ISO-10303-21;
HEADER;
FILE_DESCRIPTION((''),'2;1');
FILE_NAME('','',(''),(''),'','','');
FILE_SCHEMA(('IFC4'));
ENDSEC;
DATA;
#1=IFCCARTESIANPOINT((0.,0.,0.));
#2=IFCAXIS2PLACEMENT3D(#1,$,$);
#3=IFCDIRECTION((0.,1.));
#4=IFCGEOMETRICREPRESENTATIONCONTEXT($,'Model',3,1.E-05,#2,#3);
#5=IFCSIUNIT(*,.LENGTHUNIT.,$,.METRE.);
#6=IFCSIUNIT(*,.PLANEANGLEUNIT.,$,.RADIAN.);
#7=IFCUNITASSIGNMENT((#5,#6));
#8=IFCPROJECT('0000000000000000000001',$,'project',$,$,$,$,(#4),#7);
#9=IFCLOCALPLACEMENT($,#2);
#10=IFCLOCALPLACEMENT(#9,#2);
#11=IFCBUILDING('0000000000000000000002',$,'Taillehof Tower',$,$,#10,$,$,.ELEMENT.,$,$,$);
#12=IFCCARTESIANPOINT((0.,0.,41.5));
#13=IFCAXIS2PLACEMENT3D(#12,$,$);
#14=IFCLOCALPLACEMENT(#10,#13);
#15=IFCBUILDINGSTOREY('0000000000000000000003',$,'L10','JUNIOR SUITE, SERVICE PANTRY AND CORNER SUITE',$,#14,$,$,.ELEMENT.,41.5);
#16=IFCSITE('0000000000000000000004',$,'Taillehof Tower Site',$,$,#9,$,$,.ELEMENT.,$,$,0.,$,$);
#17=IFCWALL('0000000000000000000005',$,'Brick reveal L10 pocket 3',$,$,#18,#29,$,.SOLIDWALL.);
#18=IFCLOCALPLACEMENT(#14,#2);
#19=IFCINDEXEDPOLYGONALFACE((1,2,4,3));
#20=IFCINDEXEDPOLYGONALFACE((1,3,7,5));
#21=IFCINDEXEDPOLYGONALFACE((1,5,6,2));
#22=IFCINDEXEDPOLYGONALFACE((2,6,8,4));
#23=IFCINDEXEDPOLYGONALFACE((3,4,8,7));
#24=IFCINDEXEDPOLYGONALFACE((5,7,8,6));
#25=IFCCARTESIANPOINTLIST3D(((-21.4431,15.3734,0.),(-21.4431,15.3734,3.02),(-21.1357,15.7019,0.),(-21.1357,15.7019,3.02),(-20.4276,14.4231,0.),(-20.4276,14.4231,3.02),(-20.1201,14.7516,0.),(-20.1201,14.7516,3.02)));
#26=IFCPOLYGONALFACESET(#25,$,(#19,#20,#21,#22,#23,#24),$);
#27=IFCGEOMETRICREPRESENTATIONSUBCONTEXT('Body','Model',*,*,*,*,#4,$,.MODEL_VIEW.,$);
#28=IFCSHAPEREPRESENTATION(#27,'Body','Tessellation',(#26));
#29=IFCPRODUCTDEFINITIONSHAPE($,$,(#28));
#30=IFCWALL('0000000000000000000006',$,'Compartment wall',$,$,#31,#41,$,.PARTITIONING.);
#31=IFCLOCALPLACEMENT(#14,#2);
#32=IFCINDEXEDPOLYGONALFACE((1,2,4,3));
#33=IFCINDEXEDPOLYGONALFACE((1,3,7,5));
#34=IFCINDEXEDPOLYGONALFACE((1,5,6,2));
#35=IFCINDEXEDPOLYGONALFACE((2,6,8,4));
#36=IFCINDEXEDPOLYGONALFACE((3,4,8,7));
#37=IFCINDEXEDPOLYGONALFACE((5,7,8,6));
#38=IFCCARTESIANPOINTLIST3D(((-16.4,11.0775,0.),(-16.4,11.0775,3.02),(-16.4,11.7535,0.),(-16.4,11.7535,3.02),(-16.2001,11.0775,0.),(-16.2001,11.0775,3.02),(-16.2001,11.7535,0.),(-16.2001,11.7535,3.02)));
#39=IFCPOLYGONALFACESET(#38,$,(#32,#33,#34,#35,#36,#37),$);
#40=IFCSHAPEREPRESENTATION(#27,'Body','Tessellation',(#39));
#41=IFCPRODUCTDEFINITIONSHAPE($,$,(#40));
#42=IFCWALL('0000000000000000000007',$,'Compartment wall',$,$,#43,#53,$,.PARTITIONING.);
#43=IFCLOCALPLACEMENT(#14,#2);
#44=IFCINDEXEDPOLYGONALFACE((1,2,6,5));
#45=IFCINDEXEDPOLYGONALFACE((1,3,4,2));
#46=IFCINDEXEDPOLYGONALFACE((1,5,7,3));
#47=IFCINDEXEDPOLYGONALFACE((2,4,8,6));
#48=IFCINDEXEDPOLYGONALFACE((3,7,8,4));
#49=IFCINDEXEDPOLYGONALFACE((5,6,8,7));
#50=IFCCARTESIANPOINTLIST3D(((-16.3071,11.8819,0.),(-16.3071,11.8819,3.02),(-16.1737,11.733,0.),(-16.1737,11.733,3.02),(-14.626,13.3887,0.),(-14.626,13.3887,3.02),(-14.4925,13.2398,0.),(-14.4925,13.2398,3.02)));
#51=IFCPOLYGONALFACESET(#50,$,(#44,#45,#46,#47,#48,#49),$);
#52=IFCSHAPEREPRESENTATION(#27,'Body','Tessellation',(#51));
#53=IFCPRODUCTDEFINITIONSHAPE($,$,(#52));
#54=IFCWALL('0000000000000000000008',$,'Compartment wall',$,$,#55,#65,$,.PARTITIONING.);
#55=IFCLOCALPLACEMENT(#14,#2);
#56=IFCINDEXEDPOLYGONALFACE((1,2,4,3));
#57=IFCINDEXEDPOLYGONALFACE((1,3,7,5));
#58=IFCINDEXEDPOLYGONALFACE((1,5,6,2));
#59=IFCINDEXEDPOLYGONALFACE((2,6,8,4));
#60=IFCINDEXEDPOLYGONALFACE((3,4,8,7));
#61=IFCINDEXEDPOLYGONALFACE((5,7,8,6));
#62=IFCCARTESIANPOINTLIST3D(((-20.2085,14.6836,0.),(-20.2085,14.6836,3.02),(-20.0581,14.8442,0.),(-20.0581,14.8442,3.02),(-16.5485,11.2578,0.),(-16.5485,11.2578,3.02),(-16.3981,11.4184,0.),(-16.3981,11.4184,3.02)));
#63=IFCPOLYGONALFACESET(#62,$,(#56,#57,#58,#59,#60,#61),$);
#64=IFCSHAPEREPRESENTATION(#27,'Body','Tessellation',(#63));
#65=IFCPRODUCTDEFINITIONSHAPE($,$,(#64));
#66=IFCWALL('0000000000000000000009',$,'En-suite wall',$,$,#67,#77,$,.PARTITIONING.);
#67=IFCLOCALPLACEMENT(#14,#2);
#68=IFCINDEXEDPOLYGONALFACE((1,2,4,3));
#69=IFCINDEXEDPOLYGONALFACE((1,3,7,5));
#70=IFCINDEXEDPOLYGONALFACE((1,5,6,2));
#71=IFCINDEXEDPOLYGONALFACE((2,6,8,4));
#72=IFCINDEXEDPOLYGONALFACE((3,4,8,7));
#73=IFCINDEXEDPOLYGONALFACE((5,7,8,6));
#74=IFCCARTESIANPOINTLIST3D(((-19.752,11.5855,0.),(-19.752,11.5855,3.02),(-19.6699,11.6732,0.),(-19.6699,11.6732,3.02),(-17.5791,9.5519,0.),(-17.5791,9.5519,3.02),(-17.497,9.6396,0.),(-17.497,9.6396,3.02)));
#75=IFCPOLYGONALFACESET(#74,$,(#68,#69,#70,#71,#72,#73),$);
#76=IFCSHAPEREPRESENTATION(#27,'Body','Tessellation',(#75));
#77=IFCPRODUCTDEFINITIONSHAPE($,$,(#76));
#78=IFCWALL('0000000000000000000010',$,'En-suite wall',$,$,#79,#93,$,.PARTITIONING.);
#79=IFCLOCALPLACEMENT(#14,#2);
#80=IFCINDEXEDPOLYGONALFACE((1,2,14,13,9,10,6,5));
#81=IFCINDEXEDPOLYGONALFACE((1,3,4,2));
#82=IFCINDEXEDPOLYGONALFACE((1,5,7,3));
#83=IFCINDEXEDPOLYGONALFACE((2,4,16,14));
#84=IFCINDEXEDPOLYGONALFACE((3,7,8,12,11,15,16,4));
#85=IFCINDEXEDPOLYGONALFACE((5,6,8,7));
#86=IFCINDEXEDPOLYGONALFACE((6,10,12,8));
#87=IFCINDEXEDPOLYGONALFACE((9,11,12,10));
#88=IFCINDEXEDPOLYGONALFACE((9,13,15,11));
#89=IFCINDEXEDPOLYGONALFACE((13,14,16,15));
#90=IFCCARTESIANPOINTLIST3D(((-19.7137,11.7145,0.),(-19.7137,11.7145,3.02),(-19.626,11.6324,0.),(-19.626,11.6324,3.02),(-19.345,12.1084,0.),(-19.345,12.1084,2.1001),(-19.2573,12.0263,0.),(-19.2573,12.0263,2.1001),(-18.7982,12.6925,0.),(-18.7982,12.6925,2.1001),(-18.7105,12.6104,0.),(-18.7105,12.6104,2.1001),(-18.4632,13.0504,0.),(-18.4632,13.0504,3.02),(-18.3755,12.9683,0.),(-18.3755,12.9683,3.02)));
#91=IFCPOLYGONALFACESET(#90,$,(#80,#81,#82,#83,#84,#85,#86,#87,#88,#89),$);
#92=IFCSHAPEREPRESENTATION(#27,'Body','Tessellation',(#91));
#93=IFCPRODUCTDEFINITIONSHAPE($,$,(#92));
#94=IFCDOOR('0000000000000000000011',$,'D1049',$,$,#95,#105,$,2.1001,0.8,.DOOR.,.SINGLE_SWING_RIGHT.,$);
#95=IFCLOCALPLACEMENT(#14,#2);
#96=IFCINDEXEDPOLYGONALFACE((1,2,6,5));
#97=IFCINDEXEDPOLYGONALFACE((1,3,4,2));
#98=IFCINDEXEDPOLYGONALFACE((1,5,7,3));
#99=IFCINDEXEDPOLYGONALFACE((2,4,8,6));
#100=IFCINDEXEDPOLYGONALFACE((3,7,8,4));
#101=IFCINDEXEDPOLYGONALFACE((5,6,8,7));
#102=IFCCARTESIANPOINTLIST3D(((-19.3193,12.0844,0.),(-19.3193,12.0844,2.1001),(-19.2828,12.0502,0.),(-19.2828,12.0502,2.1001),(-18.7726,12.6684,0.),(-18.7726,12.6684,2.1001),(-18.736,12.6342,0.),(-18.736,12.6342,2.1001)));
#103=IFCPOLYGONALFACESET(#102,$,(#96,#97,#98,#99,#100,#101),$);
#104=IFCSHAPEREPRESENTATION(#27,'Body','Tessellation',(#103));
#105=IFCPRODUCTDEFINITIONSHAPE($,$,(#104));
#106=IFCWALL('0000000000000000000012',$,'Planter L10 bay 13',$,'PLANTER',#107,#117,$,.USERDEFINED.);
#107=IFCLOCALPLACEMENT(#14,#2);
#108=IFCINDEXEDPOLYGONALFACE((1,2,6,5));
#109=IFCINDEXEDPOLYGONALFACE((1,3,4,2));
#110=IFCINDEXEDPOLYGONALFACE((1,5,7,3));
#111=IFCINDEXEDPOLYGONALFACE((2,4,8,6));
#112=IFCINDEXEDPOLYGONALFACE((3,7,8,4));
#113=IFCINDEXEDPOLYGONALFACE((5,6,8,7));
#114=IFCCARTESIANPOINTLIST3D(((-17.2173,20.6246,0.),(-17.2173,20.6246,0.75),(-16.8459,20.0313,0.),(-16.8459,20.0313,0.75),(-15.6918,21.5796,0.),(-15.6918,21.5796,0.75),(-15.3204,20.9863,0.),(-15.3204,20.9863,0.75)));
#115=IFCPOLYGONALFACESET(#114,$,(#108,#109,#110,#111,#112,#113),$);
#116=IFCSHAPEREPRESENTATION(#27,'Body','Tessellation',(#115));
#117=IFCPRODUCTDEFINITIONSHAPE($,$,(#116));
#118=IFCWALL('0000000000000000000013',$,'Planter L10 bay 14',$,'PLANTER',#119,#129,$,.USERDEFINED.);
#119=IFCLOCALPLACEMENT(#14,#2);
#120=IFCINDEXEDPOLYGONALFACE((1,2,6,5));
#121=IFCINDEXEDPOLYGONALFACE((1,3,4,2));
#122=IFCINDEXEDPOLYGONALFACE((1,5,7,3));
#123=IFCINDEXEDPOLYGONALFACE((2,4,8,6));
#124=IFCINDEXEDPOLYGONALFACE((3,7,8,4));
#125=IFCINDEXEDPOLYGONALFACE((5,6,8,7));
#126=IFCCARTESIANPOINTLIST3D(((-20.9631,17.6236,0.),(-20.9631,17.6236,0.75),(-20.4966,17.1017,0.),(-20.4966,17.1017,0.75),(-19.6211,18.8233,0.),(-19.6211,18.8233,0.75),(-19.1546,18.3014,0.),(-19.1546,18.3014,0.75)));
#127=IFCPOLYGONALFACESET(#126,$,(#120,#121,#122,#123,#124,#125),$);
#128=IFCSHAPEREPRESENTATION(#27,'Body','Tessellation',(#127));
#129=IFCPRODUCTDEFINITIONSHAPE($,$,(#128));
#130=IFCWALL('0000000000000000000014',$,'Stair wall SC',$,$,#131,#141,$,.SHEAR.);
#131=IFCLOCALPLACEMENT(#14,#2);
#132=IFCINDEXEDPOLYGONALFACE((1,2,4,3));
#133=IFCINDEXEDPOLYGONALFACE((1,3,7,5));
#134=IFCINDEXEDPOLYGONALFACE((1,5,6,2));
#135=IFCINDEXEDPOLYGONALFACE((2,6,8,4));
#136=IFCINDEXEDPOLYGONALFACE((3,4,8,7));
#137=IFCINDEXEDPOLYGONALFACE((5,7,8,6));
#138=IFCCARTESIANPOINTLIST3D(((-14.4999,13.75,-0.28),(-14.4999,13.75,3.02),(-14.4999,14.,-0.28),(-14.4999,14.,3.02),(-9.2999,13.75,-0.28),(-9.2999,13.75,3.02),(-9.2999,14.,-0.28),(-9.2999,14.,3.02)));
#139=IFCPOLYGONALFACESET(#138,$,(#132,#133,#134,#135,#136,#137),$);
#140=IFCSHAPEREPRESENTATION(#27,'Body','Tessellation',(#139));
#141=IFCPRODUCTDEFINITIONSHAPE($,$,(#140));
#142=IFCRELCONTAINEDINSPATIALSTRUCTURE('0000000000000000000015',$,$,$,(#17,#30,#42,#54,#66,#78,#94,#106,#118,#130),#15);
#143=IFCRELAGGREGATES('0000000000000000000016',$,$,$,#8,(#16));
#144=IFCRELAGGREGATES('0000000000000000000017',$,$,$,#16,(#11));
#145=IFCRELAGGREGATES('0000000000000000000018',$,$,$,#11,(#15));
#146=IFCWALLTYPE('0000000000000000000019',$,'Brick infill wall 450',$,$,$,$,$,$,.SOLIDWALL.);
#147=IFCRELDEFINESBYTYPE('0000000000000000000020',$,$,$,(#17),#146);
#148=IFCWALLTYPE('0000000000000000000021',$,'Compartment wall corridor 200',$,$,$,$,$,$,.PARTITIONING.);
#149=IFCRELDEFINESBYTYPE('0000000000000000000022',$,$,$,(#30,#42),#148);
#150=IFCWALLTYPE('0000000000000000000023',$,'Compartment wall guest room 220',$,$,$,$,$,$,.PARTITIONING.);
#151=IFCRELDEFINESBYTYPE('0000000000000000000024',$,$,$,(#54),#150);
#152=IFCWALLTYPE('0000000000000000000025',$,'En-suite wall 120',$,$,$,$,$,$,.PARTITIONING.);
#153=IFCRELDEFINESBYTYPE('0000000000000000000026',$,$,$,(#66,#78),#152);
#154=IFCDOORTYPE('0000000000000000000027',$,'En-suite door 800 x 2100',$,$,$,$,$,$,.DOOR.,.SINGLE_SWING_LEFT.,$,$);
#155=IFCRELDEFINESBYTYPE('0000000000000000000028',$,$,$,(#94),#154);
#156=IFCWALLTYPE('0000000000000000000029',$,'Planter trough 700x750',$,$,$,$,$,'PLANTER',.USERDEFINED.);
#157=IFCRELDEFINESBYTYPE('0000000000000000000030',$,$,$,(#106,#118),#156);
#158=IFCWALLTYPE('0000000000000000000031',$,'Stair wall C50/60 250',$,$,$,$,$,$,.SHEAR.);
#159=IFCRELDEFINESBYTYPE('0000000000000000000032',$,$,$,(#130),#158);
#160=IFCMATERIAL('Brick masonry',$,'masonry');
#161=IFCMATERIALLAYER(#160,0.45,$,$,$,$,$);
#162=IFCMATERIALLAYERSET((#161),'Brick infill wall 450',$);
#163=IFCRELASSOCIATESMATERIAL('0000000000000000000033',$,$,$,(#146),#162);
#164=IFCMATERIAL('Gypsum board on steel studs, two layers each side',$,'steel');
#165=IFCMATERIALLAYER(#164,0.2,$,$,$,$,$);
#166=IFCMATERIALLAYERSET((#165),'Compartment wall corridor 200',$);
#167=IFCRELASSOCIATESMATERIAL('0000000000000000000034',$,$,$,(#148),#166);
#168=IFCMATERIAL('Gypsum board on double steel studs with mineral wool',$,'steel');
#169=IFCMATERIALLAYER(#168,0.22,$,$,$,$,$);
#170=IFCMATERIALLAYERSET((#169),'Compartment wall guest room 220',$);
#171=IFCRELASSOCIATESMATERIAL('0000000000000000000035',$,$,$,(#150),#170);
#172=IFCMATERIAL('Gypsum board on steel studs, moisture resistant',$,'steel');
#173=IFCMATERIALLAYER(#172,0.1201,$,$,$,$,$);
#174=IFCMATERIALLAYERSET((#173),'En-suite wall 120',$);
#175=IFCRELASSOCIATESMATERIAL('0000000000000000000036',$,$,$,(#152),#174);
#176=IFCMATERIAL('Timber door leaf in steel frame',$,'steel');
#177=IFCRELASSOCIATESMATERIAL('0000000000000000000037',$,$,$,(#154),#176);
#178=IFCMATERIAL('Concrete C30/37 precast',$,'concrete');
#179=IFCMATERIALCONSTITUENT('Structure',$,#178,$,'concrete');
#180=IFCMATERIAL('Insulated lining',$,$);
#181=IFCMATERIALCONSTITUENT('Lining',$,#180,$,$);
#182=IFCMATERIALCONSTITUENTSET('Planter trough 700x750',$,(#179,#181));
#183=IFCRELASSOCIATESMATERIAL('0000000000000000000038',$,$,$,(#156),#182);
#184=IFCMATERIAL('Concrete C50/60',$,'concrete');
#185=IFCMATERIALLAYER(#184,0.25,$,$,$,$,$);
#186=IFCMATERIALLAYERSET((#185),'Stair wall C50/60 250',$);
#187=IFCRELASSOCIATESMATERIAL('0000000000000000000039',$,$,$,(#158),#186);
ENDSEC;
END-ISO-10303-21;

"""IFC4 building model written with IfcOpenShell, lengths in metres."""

from ifc_helpers import new_model, si_unit, direction, frame, frame_2d, origin, place, context, subcontext, project, spatial, rectangle, extrude, material, layer, layer_set, constituent, constituent_set, type_object, element, fill, save


model = new_model("IFC4")

# Units and contexts
model_context = context("Model", 3, precision=1e-05, world=origin(), true_north=direction((0.0, 1.0)))
body_context = subcontext(model_context, "Body", "Model", "MODEL_VIEW")
ifc_project = project(units=[si_unit("LENGTHUNIT", "METRE"), si_unit("PLANEANGLEUNIT", "RADIAN")], contexts=[model_context])

# Site, building, storey
site_placement = place(None, origin())
site = spatial("IfcSite", under=ifc_project, at=site_placement, Name="Taillehof Tower Site", CompositionType="ELEMENT", RefElevation=0.0)
building_placement = place(site_placement, origin())
building = spatial("IfcBuilding", under=site, at=building_placement, Name="Taillehof Tower", CompositionType="ELEMENT")
storey_placement = place(building_placement, frame((0.0, 0.0, 41.5)))
storey = spatial("IfcBuildingStorey", under=building, at=storey_placement, Name="L10", Description="JUNIOR SUITE, SERVICE PANTRY AND CORNER SUITE", CompositionType="ELEMENT", Elevation=41.5)

# Shared definitions
ifc_material_1 = material(Name="Brick masonry", Category="masonry")
ifc_layer_1 = layer(ifc_material_1, 0.45)
ifc_layer_set_1 = layer_set([ifc_layer_1], Name="Brick infill wall 450")
wall_type_1 = type_object("IfcWallType", Name="Brick infill wall 450", PredefinedType="SOLIDWALL", material=ifc_layer_set_1)

# Wall
wall_1_placement = place(storey_placement, frame((-21.2893, 15.5376, 0.0), z_axis=(0.0, 0.0, 1.0), x_axis=(0.73015, -0.683287, 0.0)))
element("IfcWall", 1, at=wall_1_placement, inside=storey, type_object=wall_type_1, Name="Brick reveal L10 pocket 3", PredefinedType="SOLIDWALL", context=body_context, shape_type="SweptSolid", body=[
    extrude(rectangle(XDim=1.3909, YDim=0.45, at=frame_2d((0.6953, 0.0))), origin(), (0.0, 0.0, 1.0), 3.02),
])

# Walls
ifc_material_2 = material(Name="Gypsum board on steel studs, two layers each side", Category="steel")
ifc_layer_2 = layer(ifc_material_2, 0.2)
ifc_layer_set_2 = layer_set([ifc_layer_2], Name="Compartment wall corridor 200")
wall_type_2 = type_object("IfcWallType", Name="Compartment wall corridor 200", PredefinedType="PARTITIONING", material=ifc_layer_set_2)
wall_2_placement = place(storey_placement, frame((-16.3, 11.0776, 0.0), z_axis=(0.0, 0.0, 1.0), x_axis=(0.0, 1.0, 0.0)))
element("IfcWall", 2, at=wall_2_placement, inside=storey, type_object=wall_type_2, Name="Compartment wall", PredefinedType="PARTITIONING", context=body_context, shape_type="SweptSolid", body=[
    extrude(rectangle(XDim=0.676, YDim=0.2, at=frame_2d((0.3379, 0.0))), origin(), (0.0, 0.0, 1.0), 3.02),
])
wall_3_placement = place(storey_placement, frame((-16.2405, 11.8074, 0.0), z_axis=(0.0, 0.0, 1.0), x_axis=(0.744658, 0.667446, 0.0)))
element("IfcWall", 3, at=wall_3_placement, inside=storey, type_object=wall_type_2, Name="Compartment wall", PredefinedType="PARTITIONING", context=body_context, shape_type="SweptSolid", body=[
    extrude(rectangle(XDim=2.2576, YDim=0.2, at=frame_2d((1.1289, 0.0))), origin(), (0.0, 0.0, 1.0), 3.02),
])
ifc_material_3 = material(Name="Gypsum board on double steel studs with mineral wool", Category="steel")
ifc_layer_3 = layer(ifc_material_3, 0.22)
ifc_layer_set_3 = layer_set([ifc_layer_3], Name="Compartment wall guest room 220")
wall_type_3 = type_object("IfcWallType", Name="Compartment wall guest room 220", PredefinedType="PARTITIONING", material=ifc_layer_set_3)
wall_4_placement = place(storey_placement, frame((-20.1333, 14.7639, 0.0), z_axis=(0.0, 0.0, 1.0), x_axis=(0.730073, -0.683369, 0.0)))
element("IfcWall", 4, at=wall_4_placement, inside=storey, type_object=wall_type_3, Name="Compartment wall", PredefinedType="PARTITIONING", context=body_context, shape_type="SweptSolid", body=[
    extrude(rectangle(XDim=5.0132, YDim=0.22, at=frame_2d((2.5066, 0.0))), origin(), (0.0, 0.0, 1.0), 3.02),
])
ifc_material_4 = material(Name="Gypsum board on steel studs, moisture resistant", Category="steel")
ifc_layer_4 = layer(ifc_material_4, 0.1201)
ifc_layer_set_4 = layer_set([ifc_layer_4], Name="En-suite wall 120")
wall_type_4 = type_object("IfcWallType", Name="En-suite wall 120", PredefinedType="PARTITIONING", material=ifc_layer_set_4)
wall_5_placement = place(storey_placement, frame((-17.5381, 9.5957, 0.0), z_axis=(0.0, 0.0, 1.0), x_axis=(-0.7301, 0.683341, 0.0)))
element("IfcWall", 5, at=wall_5_placement, inside=storey, type_object=wall_type_4, Name="En-suite wall", PredefinedType="PARTITIONING", context=body_context, shape_type="SweptSolid", body=[
    extrude(rectangle(XDim=2.9761, YDim=0.1201, at=frame_2d((1.488, 0.0))), origin(), (0.0, 0.0, 1.0), 3.02),
])

# Wall, opening, door
wall_6_placement = place(storey_placement, frame((-19.6699, 11.6733, 0.0), z_axis=(0.0, 0.0, 1.0), x_axis=(0.683373, 0.73007, 0.0)))
wall_6 = element("IfcWall", 6, at=wall_6_placement, inside=storey, type_object=wall_type_4, Name="En-suite wall", PredefinedType="PARTITIONING", context=body_context, shape_type="SweptSolid", body=[
    extrude(rectangle(XDim=1.8298, YDim=0.1201, at=frame_2d((0.915, 0.0))), origin(), (0.0, 0.0, 1.0), 3.02),
])
opening_1_placement = place(wall_6_placement, frame((0.5398, 0.0, 0.0)))
opening_1 = element("IfcOpeningElement", 7, at=opening_1_placement, cuts=wall_6, PredefinedType="OPENING", context=body_context, shape_type="SweptSolid", body=[
    extrude(rectangle(XDim=0.8, YDim=2.1001, at=frame_2d((0.3999, 1.05))), frame((0.0, 0.0701, 0.0), z_axis=(0.0, -1.0, 0.0), x_axis=(1.0, 0.0, 0.0)), (0.0, 0.0, 1.0), 0.1401),
])
ifc_material_5 = material(Name="Timber door leaf in steel frame", Category="steel")
door_type_1 = type_object("IfcDoorType", Name="En-suite door 800 x 2100", OperationType="SINGLE_SWING_LEFT", PredefinedType="DOOR", material=ifc_material_5)
door_1_placement = place(opening_1_placement, origin())
door_1 = element("IfcDoor", 8, at=door_1_placement, inside=storey, type_object=door_type_1, Name="D1049", OperationType="SINGLE_SWING_RIGHT", OverallHeight=2.1001, OverallWidth=0.8, PredefinedType="DOOR", context=body_context, shape_type="SweptSolid", body=[
    extrude(rectangle(XDim=0.8, YDim=2.1001, at=frame_2d((0.3999, 1.05))), frame((0.0, 0.0249, 0.0), z_axis=(0.0, -1.0, 0.0), x_axis=(1.0, 0.0, 0.0)), (0.0, 0.0, 1.0), 0.05),
])
fill(opening_1, door_1)

# Walls
ifc_material_6 = material(Name="Concrete C30/37 precast", Category="concrete")
ifc_constituent_1 = constituent(ifc_material_6, Name="Structure", Category="concrete")
ifc_material_7 = material(Name="Insulated lining")
ifc_constituent_2 = constituent(ifc_material_7, Name="Lining")
ifc_constituent_set = constituent_set(constituents=[ifc_constituent_1, ifc_constituent_2], Name="Planter trough 700x750")
wall_type_5 = type_object("IfcWallType", Name="Planter trough 700x750", ElementType="PLANTER", PredefinedType="USERDEFINED", material=ifc_constituent_set)
wall_7_placement = place(storey_placement, frame((-15.5061, 21.283, 0.0), z_axis=(0.0, 0.0, 1.0), x_axis=(-0.847609, -0.530621, 0.0)))
element("IfcWall", 9, at=wall_7_placement, inside=storey, type_object=wall_type_5, Name="Planter L10 bay 13", ObjectType="PLANTER", PredefinedType="USERDEFINED", context=body_context, shape_type="SweptSolid", body=[
    extrude(rectangle(XDim=1.7998, YDim=0.7, at=frame_2d((0.8999, 0.0))), origin(), (0.0, 0.0, 1.0), 0.75),
])
wall_8_placement = place(storey_placement, frame((-19.3879, 18.5623, 0.0), z_axis=(0.0, 0.0, 1.0), x_axis=(-0.745536, -0.666466, 0.0)))
element("IfcWall", 10, at=wall_8_placement, inside=storey, type_object=wall_type_5, Name="Planter L10 bay 14", ObjectType="PLANTER", PredefinedType="USERDEFINED", context=body_context, shape_type="SweptSolid", body=[
    extrude(rectangle(XDim=1.8, YDim=0.7, at=frame_2d((0.8999, 0.0))), origin(), (0.0, 0.0, 1.0), 0.75),
])
ifc_material_8 = material(Name="Concrete C50/60", Category="concrete")
ifc_layer_5 = layer(ifc_material_8, 0.25)
ifc_layer_set_5 = layer_set([ifc_layer_5], Name="Stair wall C50/60 250")
wall_type_6 = type_object("IfcWallType", Name="Stair wall C50/60 250", PredefinedType="SHEAR", material=ifc_layer_set_5)
wall_9_placement = place(storey_placement, frame((-14.5, 13.875, -0.28), z_axis=(0.0, 0.0, 1.0), x_axis=(1.0, 0.0, 0.0)))
element("IfcWall", 11, at=wall_9_placement, inside=storey, type_object=wall_type_6, Name="Stair wall SC", PredefinedType="SHEAR", context=body_context, shape_type="SweptSolid", body=[
    extrude(rectangle(XDim=5.2, YDim=0.25, at=frame_2d((2.6001, 0.0))), origin(), (0.0, 0.0, 1.0), 3.3),
])

save(model, "model.ifc")
